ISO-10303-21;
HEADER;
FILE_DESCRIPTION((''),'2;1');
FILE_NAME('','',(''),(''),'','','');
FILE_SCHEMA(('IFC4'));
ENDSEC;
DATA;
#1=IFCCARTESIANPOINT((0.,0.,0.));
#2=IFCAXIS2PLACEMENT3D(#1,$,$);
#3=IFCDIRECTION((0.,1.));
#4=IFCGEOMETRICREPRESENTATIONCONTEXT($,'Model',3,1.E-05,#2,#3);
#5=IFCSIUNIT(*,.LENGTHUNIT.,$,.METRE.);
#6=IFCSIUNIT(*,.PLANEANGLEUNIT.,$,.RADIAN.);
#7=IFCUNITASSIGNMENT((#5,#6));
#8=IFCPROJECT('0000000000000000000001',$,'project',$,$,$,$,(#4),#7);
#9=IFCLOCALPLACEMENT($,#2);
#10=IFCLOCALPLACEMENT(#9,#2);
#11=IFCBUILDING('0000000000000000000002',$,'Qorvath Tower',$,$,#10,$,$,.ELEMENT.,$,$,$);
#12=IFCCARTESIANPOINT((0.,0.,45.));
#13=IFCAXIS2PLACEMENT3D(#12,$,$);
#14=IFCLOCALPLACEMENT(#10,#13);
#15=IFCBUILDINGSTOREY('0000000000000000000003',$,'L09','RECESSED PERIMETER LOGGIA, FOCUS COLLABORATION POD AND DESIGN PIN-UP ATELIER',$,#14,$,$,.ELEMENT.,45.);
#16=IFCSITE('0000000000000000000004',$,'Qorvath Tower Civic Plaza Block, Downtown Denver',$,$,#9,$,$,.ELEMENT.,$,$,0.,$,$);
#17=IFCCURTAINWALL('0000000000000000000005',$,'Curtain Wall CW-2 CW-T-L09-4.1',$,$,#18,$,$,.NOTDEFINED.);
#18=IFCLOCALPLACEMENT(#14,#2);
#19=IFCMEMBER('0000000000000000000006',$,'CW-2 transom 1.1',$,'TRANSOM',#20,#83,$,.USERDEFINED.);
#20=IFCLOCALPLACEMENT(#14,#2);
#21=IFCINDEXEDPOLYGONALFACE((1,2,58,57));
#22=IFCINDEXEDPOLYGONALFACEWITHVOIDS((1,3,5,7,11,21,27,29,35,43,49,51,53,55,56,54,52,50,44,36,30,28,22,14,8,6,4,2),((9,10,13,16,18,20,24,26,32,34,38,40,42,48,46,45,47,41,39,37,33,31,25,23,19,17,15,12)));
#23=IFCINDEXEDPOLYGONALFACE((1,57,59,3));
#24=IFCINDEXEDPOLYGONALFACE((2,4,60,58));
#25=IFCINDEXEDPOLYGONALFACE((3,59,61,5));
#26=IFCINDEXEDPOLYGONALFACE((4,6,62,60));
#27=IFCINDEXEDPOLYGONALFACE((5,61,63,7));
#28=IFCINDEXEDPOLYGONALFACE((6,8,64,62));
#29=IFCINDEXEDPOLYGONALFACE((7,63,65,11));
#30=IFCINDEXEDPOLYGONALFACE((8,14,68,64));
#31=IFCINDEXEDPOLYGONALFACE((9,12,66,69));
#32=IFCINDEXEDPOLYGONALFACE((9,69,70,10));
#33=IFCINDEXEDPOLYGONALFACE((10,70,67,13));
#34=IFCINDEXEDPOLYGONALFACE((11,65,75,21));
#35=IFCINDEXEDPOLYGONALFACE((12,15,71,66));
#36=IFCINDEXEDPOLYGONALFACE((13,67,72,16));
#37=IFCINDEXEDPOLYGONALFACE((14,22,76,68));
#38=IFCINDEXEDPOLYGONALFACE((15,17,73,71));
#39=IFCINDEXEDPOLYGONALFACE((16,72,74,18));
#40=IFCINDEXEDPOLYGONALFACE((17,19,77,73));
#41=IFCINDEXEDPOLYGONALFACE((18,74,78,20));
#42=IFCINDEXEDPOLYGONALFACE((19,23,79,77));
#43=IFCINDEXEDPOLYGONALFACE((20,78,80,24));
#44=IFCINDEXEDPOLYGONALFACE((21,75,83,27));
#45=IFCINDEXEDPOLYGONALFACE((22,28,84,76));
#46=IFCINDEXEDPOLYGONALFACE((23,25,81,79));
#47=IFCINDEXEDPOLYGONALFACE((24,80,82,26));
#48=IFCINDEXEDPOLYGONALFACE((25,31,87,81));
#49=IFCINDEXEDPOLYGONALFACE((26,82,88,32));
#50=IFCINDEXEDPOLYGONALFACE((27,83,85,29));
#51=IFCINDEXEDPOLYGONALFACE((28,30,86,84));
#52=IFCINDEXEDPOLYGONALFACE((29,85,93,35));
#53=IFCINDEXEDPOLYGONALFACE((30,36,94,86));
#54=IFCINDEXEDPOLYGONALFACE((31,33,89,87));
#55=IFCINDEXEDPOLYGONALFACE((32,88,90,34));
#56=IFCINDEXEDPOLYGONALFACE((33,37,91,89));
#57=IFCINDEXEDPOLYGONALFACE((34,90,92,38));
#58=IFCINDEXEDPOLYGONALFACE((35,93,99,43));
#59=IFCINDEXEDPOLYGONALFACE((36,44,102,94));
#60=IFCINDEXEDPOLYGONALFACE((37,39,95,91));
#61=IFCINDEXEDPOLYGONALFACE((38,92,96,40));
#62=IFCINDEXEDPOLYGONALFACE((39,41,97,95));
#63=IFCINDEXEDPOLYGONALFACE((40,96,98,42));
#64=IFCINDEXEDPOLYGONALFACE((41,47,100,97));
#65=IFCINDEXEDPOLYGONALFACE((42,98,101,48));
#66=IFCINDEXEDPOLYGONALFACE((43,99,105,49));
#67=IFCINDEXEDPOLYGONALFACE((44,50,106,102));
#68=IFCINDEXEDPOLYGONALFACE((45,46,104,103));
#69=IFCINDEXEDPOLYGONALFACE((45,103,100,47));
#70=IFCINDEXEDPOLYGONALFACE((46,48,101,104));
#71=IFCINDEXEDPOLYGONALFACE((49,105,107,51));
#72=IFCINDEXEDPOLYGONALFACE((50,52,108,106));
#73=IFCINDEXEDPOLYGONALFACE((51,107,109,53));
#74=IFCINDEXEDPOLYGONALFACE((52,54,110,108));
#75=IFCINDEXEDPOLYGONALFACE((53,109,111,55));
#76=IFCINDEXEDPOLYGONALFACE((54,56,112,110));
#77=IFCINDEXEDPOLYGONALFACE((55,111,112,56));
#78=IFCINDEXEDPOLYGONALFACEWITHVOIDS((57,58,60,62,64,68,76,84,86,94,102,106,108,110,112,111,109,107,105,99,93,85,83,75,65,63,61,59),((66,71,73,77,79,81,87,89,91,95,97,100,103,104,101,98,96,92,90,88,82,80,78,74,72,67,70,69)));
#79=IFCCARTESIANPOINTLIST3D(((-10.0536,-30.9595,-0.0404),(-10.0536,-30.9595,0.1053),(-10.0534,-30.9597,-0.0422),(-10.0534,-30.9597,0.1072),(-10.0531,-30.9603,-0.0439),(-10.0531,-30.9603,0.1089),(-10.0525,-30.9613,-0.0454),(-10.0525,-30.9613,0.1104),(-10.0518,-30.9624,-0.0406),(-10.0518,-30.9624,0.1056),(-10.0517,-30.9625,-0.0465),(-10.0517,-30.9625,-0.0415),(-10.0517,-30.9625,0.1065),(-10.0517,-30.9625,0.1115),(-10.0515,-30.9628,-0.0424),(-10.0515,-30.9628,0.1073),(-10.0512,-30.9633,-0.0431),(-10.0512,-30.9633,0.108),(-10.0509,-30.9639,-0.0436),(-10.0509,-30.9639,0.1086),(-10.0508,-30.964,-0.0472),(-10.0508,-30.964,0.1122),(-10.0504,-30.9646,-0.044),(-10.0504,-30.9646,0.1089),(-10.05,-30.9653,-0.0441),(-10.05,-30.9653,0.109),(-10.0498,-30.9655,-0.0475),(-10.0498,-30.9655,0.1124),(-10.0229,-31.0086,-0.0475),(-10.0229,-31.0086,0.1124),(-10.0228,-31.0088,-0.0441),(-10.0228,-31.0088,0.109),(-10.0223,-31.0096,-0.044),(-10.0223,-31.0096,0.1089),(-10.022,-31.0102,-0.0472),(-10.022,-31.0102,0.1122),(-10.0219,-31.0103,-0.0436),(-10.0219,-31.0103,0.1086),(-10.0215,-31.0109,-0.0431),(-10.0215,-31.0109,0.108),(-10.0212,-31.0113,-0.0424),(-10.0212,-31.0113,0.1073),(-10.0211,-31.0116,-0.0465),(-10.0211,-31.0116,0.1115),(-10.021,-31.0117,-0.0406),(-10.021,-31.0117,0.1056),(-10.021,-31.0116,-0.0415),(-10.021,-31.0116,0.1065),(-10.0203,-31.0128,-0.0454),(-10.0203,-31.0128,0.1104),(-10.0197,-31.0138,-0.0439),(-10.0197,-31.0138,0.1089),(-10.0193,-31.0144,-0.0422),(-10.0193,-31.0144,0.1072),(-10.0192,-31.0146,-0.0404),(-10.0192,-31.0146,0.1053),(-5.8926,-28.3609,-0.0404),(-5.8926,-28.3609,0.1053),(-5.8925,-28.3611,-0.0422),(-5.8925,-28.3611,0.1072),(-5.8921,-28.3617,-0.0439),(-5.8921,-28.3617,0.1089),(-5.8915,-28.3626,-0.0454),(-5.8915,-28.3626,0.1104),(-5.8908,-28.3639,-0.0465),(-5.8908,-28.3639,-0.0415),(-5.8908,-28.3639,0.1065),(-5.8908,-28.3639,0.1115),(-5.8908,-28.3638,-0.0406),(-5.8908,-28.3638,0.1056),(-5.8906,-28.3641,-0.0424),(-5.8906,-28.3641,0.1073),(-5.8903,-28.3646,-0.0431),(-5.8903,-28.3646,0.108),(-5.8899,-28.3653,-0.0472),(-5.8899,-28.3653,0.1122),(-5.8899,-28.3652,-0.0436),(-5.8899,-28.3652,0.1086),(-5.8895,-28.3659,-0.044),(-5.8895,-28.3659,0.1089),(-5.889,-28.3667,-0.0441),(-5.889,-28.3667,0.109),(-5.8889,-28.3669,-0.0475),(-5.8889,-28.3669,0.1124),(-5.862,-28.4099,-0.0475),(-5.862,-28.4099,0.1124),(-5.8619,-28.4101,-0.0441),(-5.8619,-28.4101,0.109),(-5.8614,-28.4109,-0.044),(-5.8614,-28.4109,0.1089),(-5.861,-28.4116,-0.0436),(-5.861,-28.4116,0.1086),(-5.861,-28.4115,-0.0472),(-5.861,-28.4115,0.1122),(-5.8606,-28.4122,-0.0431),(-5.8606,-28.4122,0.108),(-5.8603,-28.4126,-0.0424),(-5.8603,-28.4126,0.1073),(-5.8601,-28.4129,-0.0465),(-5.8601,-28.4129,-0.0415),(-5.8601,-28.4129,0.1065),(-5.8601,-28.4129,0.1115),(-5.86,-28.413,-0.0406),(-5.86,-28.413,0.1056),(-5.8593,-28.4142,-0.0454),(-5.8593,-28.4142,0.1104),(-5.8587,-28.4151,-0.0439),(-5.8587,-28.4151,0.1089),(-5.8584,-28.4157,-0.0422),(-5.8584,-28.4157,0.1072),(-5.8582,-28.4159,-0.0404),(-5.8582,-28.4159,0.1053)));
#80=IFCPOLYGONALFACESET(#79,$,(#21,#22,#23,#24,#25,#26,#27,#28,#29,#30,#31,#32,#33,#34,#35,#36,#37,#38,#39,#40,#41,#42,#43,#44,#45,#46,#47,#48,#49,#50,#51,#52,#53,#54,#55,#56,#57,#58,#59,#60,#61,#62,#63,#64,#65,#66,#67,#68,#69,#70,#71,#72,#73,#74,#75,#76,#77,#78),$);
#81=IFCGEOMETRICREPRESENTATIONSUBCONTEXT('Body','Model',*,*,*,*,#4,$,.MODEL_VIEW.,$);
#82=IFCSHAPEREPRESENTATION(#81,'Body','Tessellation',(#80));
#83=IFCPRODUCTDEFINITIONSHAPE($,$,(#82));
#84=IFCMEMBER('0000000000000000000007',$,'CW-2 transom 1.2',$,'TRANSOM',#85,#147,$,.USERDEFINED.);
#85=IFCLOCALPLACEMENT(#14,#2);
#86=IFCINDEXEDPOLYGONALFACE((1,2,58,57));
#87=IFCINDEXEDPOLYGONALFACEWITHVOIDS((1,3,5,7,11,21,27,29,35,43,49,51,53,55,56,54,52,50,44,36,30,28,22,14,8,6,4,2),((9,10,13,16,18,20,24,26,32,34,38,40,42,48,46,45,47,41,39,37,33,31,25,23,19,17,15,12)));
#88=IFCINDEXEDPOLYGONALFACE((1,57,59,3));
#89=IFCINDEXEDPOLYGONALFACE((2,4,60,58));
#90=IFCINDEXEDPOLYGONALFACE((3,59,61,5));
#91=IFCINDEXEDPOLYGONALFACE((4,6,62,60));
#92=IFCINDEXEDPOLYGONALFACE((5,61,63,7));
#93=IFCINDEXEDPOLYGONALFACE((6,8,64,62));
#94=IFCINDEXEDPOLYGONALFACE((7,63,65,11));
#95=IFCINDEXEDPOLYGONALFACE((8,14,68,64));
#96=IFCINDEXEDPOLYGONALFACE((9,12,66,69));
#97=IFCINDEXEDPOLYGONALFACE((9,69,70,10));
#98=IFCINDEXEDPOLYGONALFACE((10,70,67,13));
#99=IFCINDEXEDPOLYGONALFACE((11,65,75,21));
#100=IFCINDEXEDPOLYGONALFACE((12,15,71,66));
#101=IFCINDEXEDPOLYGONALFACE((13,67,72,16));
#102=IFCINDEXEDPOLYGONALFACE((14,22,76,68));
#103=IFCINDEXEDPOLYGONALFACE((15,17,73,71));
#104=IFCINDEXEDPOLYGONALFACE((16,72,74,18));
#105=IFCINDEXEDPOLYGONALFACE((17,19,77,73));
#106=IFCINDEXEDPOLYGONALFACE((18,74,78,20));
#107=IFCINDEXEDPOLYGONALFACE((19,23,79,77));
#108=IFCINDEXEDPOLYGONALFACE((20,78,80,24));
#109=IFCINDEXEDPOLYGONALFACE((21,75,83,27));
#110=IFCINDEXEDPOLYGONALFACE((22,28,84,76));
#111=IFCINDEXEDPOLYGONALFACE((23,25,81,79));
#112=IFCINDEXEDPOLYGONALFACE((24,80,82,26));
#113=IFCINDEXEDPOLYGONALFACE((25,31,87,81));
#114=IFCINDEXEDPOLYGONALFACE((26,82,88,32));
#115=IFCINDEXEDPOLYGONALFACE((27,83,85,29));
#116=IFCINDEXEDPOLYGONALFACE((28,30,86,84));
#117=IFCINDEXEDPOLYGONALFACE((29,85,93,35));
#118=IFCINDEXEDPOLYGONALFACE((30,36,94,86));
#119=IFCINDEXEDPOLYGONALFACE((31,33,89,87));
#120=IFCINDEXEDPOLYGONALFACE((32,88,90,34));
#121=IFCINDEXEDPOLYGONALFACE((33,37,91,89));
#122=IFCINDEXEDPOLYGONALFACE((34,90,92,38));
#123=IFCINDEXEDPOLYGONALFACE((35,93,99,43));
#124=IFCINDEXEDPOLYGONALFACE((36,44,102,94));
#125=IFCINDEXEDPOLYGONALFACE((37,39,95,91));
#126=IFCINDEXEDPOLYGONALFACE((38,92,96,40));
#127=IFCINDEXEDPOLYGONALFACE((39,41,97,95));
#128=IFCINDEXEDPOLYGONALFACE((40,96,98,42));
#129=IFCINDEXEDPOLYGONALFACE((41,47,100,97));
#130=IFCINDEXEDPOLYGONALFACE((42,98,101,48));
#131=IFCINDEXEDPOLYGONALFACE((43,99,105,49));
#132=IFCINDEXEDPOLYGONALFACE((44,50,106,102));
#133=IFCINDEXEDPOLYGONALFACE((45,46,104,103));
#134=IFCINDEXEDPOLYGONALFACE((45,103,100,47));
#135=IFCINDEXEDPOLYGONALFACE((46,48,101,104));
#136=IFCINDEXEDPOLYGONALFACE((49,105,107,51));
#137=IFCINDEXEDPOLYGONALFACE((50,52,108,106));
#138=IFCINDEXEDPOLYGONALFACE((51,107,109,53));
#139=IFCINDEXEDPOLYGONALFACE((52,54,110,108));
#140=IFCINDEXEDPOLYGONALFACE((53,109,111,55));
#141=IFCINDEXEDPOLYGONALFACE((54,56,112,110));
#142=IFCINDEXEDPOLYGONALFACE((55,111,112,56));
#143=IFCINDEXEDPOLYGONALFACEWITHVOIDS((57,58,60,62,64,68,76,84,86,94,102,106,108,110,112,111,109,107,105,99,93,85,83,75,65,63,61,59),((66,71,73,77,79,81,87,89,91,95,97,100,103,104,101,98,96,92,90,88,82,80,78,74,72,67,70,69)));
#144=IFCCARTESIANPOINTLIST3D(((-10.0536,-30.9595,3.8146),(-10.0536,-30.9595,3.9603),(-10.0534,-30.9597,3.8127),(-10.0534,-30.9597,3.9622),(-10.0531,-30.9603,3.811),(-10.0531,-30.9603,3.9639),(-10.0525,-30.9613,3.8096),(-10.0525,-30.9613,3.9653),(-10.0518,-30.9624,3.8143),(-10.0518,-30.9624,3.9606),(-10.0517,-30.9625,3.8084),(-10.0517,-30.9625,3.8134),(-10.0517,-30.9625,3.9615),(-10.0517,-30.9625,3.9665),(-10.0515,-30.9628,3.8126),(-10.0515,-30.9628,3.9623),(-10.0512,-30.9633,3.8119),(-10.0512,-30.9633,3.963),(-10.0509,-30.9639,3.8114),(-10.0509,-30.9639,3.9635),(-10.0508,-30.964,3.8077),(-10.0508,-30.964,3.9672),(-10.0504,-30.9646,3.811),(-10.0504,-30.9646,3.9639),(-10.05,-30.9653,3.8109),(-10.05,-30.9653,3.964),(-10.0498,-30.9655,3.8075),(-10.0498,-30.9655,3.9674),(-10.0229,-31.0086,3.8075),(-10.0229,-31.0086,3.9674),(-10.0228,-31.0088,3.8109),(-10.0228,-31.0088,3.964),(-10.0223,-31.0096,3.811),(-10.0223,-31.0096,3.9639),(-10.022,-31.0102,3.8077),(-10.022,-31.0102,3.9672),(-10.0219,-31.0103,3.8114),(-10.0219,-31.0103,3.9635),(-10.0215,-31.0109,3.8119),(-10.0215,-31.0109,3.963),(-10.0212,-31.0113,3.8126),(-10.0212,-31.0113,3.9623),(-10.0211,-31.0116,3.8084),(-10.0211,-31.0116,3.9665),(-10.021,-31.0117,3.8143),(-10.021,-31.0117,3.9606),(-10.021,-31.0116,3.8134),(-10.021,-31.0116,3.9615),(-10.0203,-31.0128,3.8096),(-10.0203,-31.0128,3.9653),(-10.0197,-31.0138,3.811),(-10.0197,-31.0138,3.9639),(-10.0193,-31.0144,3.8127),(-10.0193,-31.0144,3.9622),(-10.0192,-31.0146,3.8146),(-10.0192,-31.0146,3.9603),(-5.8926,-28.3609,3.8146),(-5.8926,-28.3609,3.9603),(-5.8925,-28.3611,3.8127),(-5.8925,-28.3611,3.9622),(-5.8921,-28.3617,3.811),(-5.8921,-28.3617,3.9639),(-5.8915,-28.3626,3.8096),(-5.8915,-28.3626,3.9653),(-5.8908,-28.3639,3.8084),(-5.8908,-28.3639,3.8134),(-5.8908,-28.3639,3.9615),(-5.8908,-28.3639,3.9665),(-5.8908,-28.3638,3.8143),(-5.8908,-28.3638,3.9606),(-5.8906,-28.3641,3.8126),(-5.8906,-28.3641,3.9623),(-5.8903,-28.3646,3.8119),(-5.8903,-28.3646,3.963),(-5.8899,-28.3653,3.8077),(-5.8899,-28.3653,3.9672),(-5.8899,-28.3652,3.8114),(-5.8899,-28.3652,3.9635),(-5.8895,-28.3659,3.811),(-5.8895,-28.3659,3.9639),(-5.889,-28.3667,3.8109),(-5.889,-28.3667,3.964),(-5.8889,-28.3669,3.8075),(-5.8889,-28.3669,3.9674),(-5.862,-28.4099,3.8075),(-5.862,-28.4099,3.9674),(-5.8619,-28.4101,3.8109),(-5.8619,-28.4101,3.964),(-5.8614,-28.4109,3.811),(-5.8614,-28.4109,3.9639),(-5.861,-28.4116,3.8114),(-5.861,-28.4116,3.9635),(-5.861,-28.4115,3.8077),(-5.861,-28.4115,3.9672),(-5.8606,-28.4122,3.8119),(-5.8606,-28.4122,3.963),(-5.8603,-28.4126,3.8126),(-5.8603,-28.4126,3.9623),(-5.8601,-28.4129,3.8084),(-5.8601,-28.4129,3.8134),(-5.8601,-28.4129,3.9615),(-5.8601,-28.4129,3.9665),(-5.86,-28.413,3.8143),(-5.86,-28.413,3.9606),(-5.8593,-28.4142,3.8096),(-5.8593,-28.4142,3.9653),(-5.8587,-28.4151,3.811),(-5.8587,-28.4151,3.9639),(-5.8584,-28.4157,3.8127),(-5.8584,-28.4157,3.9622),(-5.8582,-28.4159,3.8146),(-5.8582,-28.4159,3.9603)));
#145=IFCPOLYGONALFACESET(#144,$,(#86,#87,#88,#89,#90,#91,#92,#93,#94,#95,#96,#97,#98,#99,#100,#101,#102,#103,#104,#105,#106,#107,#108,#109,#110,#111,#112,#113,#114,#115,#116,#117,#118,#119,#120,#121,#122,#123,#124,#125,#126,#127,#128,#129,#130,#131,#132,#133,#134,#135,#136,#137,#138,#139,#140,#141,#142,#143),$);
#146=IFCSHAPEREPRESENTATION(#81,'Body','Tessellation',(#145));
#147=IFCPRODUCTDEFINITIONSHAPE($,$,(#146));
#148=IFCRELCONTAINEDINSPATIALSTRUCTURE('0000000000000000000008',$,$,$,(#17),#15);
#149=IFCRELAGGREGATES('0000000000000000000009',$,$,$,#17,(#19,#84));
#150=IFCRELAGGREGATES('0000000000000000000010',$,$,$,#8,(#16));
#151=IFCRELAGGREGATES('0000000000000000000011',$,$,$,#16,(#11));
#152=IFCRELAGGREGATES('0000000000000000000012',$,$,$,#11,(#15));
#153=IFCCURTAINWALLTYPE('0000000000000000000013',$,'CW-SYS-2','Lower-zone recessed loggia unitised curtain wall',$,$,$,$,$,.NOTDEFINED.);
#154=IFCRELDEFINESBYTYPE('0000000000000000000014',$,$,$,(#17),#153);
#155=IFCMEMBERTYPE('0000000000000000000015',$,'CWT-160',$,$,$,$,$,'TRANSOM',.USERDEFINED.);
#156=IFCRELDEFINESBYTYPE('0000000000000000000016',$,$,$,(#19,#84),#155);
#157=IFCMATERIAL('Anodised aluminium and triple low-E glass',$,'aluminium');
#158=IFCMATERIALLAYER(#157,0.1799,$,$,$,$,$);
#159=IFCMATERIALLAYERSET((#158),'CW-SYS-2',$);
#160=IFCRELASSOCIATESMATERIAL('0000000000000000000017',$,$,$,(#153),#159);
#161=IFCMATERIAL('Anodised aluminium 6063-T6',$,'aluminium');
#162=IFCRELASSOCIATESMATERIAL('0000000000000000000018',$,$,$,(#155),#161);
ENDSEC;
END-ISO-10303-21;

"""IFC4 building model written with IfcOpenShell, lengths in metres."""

from ifc_helpers import new_model, si_unit, direction, frame, origin, origin_2d, place, context, subcontext, project, spatial, hollow_rectangle, extrude, material, layer, layer_set, material_profile, profile_set, type_object, element, aggregate, save


model = new_model("IFC4")

# Units and contexts
model_context = context("Model", 3, precision=1e-05, world=origin(), true_north=direction((0.0, 1.0)))
body_context = subcontext(model_context, "Body", "Model", "MODEL_VIEW")
ifc_project = project(units=[si_unit("LENGTHUNIT", "METRE"), si_unit("PLANEANGLEUNIT", "RADIAN")], contexts=[model_context])

# Site, building, storey
site_placement = place(None, origin())
site = spatial("IfcSite", under=ifc_project, at=site_placement, Name="Qorvath Tower Civic Plaza Block, Downtown Denver", CompositionType="ELEMENT", RefElevation=0.0)
building_placement = place(site_placement, origin())
building = spatial("IfcBuilding", under=site, at=building_placement, Name="Qorvath Tower", CompositionType="ELEMENT")
storey_placement = place(building_placement, frame((0.0, 0.0, 45.0)))
storey = spatial("IfcBuildingStorey", under=building, at=storey_placement, Name="L09", Description="RECESSED PERIMETER LOGGIA, FOCUS COLLABORATION POD AND DESIGN PIN-UP ATELIER", CompositionType="ELEMENT", Elevation=45.0)

# Curtain wall
ifc_material_1 = material(Name="Anodised aluminium and triple low-E glass", Category="aluminium")
ifc_layer_1 = layer(ifc_material_1, 0.1799)
ifc_layer_set_1 = layer_set([ifc_layer_1], Name="CW-SYS-2")
curtain_wall_type = type_object("IfcCurtainWallType", Name="CW-SYS-2", Description="Lower-zone recessed loggia unitised curtain wall", PredefinedType="NOTDEFINED", material=ifc_layer_set_1)
curtain_wall_1_placement = place(storey_placement, origin())
curtain_wall_1 = element("IfcCurtainWall", 1, at=curtain_wall_1_placement, inside=storey, type_object=curtain_wall_type, Name="Curtain Wall CW-2 CW-T-L09-4.1", PredefinedType="NOTDEFINED")

# Members
ifc_material_2 = material(Name="Anodised aluminium 6063-T6", Category="aluminium")
ifc_material_profile_1 = material_profile(ifc_material_2, hollow_rectangle(XDim=0.0649, YDim=0.1599, WallThickness=0.0034, InnerFilletRadius=0.0034, OuterFilletRadius=0.0071, at=origin_2d()), Name="CWT 160x65")
ifc_profile_set_1 = profile_set([ifc_material_profile_1], Name="Anodised aluminium 6063-T6")
member_type_1 = type_object("IfcMemberType", Name="CWT-160", ElementType="TRANSOM", PredefinedType="USERDEFINED", material=ifc_profile_set_1)
member_1_placement = place(storey_placement, frame((-10.0364, -30.9871, 0.0325), z_axis=(0.848174, 0.529717, 0.0), x_axis=(-0.529717, 0.848174, 0.0)))
member_1 = element("IfcMember", 2, at=member_1_placement, type_object=member_type_1, Name="CW-2 transom 1.1", ObjectType="TRANSOM", PredefinedType="USERDEFINED", context=body_context, shape_type="SweptSolid", body=[
    extrude(hollow_rectangle(XDim=0.0649, YDim=0.1599, WallThickness=0.0034, InnerFilletRadius=0.0034, OuterFilletRadius=0.0071, at=origin_2d()), origin(), (0.0, 0.0, 1.0), 4.9058),
])
member_2_placement = place(storey_placement, frame((-10.0364, -30.9871, 3.8875), z_axis=(0.848174, 0.529717, 0.0), x_axis=(-0.529717, 0.848174, 0.0)))
member_2 = element("IfcMember", 3, at=member_2_placement, type_object=member_type_1, Name="CW-2 transom 1.2", ObjectType="TRANSOM", PredefinedType="USERDEFINED", context=body_context, shape_type="SweptSolid", body=[
    extrude(hollow_rectangle(XDim=0.0649, YDim=0.1599, WallThickness=0.0034, InnerFilletRadius=0.0034, OuterFilletRadius=0.0071, at=origin_2d()), origin(), (0.0, 0.0, 1.0), 4.9058),
])

aggregate(curtain_wall_1, [member_1, member_2])

save(model, "model.ifc")
